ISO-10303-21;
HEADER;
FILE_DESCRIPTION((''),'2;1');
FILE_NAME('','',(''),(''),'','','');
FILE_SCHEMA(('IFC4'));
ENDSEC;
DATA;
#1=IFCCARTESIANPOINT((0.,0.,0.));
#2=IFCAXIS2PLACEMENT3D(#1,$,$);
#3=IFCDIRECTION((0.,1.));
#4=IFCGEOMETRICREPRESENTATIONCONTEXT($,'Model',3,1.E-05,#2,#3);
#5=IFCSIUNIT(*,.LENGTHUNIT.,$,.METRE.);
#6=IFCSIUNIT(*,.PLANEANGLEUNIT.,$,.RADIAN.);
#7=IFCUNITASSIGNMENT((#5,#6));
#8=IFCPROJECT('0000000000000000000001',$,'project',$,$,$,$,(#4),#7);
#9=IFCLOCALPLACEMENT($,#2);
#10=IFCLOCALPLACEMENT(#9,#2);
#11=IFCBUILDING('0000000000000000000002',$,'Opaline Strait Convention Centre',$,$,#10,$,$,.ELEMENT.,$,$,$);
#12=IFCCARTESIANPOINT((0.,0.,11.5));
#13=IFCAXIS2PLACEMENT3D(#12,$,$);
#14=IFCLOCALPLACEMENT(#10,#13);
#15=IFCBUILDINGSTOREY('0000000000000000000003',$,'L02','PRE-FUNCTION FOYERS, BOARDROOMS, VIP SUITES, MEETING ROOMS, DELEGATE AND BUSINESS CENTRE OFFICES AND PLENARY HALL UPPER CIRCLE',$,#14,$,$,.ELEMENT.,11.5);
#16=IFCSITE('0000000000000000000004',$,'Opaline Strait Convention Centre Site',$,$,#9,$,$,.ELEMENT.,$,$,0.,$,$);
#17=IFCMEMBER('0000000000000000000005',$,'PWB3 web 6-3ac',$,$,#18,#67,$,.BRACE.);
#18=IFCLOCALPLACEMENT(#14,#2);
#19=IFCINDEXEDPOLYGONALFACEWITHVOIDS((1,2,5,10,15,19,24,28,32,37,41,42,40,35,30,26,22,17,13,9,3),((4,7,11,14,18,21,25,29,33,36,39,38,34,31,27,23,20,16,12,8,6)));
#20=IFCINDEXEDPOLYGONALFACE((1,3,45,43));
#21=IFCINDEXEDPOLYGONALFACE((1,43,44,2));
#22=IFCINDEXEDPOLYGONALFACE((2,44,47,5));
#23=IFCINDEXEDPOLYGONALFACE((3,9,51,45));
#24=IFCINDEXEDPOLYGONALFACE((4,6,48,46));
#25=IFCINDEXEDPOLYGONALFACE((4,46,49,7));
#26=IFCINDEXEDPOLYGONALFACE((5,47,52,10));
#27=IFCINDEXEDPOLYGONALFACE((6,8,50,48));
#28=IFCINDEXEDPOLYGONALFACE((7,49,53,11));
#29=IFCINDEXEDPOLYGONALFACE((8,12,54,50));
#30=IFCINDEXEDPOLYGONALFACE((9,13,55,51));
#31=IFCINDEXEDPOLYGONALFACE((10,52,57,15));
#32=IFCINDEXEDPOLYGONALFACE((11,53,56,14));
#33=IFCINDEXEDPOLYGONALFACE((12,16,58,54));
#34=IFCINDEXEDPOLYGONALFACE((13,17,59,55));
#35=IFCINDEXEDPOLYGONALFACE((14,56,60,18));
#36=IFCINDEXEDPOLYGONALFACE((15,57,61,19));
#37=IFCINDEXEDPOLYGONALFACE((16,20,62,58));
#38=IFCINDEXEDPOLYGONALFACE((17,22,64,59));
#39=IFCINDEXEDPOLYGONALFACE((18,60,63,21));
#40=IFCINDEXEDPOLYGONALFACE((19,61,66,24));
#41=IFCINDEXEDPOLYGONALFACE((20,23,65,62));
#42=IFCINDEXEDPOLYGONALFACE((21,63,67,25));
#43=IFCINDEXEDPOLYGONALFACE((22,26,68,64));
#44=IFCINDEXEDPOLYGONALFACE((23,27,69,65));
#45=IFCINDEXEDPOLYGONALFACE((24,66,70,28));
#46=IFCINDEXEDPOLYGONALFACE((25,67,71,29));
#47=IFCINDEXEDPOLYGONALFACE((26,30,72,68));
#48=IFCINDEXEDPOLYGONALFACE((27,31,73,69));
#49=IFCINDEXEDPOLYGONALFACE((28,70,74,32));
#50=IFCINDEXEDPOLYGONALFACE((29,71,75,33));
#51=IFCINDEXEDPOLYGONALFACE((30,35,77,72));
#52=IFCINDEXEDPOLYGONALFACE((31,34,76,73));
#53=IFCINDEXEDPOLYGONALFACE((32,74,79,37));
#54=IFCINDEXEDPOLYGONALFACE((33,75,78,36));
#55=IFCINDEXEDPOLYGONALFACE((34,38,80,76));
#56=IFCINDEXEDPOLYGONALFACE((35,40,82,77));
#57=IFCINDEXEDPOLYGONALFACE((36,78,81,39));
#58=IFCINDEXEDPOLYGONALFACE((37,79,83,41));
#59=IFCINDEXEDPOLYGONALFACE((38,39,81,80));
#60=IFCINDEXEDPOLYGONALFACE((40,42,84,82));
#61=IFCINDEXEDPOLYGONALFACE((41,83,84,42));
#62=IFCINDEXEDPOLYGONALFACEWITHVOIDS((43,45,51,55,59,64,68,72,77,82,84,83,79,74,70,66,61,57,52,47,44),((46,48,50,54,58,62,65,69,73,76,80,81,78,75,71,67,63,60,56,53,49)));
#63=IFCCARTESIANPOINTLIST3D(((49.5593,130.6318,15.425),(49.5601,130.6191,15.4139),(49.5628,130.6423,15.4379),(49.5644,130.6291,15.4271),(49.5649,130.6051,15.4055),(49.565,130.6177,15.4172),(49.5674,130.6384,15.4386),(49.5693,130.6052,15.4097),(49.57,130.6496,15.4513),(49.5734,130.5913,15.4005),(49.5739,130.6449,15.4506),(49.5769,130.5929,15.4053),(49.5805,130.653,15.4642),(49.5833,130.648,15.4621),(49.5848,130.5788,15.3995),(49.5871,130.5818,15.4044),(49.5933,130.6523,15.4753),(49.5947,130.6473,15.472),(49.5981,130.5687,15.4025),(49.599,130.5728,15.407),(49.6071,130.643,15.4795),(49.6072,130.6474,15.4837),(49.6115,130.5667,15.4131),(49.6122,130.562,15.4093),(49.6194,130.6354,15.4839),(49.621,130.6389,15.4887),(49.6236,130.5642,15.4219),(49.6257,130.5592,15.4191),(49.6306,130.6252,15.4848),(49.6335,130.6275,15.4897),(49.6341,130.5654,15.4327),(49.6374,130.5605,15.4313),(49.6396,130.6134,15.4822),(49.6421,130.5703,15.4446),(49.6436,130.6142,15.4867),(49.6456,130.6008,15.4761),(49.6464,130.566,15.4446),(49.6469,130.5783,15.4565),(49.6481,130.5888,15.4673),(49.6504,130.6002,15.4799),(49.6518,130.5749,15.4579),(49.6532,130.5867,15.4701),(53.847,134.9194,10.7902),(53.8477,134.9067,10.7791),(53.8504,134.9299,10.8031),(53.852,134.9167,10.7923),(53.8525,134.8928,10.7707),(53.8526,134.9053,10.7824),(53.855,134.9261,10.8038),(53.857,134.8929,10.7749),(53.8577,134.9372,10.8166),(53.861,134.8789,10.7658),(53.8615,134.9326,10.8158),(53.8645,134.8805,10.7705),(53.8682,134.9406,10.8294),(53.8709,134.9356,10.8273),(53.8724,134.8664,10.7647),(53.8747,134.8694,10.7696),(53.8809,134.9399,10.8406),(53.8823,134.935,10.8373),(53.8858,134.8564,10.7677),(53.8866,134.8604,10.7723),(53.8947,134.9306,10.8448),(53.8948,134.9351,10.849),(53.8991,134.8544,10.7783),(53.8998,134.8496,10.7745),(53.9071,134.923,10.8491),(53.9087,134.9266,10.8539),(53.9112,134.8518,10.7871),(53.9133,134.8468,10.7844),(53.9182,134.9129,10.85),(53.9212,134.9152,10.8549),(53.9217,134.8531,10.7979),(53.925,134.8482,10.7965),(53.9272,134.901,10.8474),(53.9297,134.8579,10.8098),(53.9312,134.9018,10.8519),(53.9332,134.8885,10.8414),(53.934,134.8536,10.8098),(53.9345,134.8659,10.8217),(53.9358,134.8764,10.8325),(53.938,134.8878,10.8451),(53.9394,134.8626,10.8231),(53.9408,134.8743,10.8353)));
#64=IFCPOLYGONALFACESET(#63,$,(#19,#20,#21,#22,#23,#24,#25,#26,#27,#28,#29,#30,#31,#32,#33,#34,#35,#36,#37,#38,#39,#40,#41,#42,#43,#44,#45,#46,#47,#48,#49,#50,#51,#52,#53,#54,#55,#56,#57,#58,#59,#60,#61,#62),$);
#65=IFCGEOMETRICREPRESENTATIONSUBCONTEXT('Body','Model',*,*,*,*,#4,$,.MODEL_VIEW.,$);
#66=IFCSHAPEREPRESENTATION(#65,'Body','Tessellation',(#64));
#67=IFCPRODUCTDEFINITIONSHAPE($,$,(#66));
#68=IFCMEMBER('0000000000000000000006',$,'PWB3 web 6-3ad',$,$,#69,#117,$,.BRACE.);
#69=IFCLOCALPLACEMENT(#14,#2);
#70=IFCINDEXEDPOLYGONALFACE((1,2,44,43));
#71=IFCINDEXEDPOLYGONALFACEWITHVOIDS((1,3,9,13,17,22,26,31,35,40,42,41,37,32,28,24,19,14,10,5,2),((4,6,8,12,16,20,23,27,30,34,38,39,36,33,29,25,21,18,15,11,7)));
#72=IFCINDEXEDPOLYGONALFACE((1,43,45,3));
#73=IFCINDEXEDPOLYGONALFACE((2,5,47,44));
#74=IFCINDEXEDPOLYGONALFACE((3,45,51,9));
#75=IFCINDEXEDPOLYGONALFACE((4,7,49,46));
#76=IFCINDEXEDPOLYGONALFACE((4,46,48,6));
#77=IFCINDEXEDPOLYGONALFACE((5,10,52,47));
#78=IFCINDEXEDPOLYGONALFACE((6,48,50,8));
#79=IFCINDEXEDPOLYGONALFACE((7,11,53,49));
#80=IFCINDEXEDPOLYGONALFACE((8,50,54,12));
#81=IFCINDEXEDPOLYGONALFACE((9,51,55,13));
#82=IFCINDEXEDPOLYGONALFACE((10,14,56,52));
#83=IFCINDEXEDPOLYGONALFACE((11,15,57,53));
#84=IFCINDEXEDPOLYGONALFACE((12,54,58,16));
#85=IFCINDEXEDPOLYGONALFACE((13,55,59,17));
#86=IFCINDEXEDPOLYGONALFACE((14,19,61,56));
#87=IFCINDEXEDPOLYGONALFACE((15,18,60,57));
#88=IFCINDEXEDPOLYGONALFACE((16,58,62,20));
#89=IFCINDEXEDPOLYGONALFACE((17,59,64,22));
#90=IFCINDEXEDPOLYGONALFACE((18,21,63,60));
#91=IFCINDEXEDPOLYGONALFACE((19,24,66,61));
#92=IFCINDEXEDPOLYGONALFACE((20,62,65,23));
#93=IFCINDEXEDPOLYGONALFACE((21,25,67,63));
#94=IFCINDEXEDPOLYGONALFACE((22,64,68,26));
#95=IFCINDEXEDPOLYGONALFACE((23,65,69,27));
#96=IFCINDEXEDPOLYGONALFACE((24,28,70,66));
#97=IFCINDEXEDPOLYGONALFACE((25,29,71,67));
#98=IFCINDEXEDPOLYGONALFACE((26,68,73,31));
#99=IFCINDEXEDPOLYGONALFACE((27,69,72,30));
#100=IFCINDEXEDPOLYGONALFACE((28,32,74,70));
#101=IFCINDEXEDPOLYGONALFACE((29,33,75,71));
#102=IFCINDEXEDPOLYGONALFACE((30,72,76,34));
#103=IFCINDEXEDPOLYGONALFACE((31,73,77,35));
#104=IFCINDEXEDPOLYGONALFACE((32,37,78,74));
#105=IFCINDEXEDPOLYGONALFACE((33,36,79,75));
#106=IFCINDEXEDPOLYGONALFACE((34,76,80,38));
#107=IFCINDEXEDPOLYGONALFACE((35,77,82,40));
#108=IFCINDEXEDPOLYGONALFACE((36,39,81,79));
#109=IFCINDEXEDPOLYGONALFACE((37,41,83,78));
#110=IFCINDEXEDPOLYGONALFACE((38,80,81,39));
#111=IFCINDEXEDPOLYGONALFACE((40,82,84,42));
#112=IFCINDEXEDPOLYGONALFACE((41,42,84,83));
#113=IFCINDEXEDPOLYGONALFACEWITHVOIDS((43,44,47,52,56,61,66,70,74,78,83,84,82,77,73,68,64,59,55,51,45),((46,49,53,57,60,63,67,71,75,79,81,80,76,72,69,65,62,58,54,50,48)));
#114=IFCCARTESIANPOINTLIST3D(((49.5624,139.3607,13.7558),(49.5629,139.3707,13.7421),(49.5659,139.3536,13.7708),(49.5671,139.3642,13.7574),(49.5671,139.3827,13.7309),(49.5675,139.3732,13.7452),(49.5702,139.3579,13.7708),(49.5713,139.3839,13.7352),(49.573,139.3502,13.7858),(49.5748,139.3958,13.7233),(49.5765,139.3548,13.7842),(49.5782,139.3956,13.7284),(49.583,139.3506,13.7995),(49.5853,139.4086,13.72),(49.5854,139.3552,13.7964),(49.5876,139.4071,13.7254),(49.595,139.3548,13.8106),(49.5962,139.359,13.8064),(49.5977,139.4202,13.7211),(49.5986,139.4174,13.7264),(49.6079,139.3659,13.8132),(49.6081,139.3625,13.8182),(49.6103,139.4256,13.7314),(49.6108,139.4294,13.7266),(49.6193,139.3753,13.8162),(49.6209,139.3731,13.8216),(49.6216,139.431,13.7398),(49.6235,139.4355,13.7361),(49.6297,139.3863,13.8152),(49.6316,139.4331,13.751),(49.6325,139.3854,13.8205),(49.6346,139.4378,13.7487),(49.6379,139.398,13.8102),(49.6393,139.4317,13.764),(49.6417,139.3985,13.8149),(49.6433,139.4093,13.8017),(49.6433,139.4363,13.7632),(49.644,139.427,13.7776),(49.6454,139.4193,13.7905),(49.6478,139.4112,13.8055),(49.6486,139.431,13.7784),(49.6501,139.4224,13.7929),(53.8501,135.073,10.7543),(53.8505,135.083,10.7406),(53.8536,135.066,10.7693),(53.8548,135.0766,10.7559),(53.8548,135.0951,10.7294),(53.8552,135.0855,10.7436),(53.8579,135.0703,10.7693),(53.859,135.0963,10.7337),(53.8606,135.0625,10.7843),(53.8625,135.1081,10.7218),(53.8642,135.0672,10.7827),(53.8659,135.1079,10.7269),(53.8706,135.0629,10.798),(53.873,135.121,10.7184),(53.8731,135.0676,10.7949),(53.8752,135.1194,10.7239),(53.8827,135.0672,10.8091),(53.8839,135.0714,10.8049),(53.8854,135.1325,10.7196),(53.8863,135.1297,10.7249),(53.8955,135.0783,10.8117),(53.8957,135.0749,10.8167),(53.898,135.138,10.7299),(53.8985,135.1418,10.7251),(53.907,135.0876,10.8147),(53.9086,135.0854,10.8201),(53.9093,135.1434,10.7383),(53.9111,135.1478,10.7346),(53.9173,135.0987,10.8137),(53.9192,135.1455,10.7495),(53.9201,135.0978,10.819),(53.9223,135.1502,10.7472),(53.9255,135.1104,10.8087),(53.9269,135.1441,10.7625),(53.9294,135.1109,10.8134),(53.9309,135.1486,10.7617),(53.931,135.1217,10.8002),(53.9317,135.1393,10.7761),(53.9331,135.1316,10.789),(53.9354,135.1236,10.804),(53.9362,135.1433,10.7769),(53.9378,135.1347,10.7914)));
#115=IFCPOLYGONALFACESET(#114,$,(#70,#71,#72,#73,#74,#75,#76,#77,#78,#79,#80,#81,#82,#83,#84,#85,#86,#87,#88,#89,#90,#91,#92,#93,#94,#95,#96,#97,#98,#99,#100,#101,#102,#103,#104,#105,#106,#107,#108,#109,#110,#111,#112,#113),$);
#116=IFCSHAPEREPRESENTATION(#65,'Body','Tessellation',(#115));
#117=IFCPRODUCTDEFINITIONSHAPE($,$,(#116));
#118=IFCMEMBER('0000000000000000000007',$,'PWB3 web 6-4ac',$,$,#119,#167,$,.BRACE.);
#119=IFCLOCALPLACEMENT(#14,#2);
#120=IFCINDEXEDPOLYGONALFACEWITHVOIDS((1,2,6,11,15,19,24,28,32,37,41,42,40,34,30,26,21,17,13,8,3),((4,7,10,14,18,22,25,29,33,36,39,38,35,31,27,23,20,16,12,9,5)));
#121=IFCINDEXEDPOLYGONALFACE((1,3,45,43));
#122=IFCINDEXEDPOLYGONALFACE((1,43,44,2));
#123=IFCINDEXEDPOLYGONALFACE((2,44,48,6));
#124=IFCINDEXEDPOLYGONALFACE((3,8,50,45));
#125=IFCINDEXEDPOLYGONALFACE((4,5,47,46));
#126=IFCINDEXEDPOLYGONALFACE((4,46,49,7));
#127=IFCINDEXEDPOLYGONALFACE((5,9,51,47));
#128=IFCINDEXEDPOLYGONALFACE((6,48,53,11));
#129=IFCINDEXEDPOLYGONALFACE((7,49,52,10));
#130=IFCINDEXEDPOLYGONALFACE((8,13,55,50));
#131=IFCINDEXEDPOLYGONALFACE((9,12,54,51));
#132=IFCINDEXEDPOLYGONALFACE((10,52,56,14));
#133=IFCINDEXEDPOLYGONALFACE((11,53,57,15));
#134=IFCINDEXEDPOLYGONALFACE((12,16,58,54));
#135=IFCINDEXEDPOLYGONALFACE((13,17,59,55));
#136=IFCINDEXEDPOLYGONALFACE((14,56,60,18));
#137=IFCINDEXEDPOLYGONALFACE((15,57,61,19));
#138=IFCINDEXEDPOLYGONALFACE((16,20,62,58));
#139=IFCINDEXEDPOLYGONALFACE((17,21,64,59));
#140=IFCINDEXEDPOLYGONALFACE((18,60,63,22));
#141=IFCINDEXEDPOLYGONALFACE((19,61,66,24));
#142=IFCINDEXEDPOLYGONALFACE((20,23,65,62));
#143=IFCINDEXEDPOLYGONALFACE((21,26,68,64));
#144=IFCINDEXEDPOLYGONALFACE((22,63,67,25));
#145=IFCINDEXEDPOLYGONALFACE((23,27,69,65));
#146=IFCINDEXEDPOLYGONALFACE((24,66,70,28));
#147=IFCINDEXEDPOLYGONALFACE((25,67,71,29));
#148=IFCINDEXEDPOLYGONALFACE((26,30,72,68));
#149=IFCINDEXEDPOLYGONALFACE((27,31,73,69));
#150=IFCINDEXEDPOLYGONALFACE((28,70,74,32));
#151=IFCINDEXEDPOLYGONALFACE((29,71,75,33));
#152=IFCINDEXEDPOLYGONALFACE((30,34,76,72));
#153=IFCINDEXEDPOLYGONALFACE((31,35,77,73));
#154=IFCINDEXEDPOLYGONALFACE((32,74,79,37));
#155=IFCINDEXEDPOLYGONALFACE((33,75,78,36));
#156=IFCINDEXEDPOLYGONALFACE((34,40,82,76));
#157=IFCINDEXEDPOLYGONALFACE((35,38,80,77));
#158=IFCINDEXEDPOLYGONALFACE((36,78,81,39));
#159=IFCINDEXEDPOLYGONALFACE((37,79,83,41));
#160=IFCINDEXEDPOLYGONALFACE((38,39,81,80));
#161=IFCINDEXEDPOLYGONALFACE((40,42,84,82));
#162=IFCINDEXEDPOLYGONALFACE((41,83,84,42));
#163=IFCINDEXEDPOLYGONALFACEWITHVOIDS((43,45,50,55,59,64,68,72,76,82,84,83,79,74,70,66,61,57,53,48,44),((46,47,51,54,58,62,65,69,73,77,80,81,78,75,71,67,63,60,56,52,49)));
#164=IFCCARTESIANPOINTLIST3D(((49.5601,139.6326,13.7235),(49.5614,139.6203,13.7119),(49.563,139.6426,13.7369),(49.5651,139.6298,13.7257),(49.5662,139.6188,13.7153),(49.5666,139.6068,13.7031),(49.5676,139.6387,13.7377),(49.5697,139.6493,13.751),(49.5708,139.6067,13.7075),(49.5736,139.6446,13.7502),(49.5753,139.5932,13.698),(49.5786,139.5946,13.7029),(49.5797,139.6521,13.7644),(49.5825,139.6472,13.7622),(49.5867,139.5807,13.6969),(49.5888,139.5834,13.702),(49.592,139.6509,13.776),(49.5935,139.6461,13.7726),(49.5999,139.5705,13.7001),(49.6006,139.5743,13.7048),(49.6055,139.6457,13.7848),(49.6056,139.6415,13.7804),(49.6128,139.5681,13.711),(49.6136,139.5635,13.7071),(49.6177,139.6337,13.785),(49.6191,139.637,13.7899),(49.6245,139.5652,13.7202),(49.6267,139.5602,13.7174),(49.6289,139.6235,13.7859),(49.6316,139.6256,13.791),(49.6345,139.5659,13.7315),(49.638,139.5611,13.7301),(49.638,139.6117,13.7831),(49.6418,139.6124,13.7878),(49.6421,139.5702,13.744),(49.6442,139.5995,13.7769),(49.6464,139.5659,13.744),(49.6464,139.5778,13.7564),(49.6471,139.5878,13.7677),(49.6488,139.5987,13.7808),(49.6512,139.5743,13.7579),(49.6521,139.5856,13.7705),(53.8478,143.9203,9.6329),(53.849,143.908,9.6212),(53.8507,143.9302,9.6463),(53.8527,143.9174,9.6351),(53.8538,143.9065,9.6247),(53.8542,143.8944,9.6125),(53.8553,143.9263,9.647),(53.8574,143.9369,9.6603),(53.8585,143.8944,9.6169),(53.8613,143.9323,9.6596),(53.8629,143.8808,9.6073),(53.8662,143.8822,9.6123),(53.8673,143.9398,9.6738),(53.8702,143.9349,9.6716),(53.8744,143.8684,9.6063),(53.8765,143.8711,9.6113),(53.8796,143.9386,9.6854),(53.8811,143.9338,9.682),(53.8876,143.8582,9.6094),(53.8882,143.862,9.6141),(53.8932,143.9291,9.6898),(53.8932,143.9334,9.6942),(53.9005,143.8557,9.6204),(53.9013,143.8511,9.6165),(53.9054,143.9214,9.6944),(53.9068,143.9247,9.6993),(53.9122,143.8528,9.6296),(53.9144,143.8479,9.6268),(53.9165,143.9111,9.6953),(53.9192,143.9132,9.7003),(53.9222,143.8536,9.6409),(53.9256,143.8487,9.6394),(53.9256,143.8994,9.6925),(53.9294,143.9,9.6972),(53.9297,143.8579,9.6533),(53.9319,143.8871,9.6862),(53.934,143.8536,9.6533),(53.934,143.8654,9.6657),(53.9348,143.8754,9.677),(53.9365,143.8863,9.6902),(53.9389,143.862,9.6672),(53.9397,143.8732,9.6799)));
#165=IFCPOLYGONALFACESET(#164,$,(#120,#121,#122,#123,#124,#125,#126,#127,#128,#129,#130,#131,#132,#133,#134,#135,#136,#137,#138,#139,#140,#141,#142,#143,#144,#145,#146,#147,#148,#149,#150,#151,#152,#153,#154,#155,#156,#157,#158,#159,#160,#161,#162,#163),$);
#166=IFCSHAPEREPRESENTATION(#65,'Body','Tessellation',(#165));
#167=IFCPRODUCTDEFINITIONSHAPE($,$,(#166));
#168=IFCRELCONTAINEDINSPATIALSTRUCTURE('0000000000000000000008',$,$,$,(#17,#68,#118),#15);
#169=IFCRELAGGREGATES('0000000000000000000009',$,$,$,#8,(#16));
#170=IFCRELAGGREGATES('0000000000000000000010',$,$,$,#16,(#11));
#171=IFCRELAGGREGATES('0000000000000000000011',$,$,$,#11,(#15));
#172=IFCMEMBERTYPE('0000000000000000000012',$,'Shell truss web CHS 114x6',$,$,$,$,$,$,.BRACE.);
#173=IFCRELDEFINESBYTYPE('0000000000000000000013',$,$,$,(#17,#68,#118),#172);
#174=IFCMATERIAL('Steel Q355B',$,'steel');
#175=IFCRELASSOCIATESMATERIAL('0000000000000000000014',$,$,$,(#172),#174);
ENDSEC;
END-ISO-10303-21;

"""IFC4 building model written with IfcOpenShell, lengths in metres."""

from ifc_helpers import new_model, si_unit, direction, frame, origin, origin_2d, place, context, subcontext, project, spatial, hollow_circle, extrude, material, material_profile, profile_set, type_object, element, save


model = new_model("IFC4")

# Units and contexts
model_context = context("Model", 3, precision=1e-05, world=origin(), true_north=direction((0.0, 1.0)))
body_context = subcontext(model_context, "Body", "Model", "MODEL_VIEW")
ifc_project = project(units=[si_unit("LENGTHUNIT", "METRE"), si_unit("PLANEANGLEUNIT", "RADIAN")], contexts=[model_context])

# Site, building, storey
site_placement = place(None, origin())
site = spatial("IfcSite", under=ifc_project, at=site_placement, Name="Opaline Strait Convention Centre Site", CompositionType="ELEMENT", RefElevation=0.0)
building_placement = place(site_placement, origin())
building = spatial("IfcBuilding", under=site, at=building_placement, Name="Opaline Strait Convention Centre", CompositionType="ELEMENT")
storey_placement = place(building_placement, frame((0.0, 0.0, 11.5)))
storey = spatial("IfcBuildingStorey", under=building, at=storey_placement, Name="L02", Description="PRE-FUNCTION FOYERS, BOARDROOMS, VIP SUITES, MEETING ROOMS, DELEGATE AND BUSINESS CENTRE OFFICES AND PLENARY HALL UPPER CIRCLE", CompositionType="ELEMENT", Elevation=11.5)

# Members
ifc_material_1 = material(Name="Steel Q355B", Category="steel")
ifc_material_profile_1 = material_profile(ifc_material_1, hollow_circle(Radius=0.0569, WallThickness=0.0061, at=origin_2d()), Name="CHS 114x6")
ifc_profile_set_1 = profile_set([ifc_material_profile_1], Name="Steel Q355B")
member_type_1 = type_object("IfcMemberType", Name="Shell truss web CHS 114x6", PredefinedType="BRACE", material=ifc_profile_set_1)
member_1_placement = place(storey_placement, frame((53.8938, 134.8938, 10.8098), z_axis=(-0.561789, -0.561789, 0.607277), x_axis=(0.707107, -0.707107, 0.0)))
element("IfcMember", 1, at=member_1_placement, inside=storey, type_object=member_type_1, Name="PWB3 web 6-3ac", PredefinedType="BRACE", context=body_context, shape_type="SweptSolid", body=[
    extrude(hollow_circle(Radius=0.0569, WallThickness=0.0061, at=origin_2d()), origin(), (0.0, 0.0, 1.0), 7.6321),
])
member_2_placement = place(storey_placement, frame((53.8938, 135.1062, 10.7693), z_axis=(-0.633718, 0.633718, 0.443624), x_axis=(-0.707107, -0.707107, 0.0)))
element("IfcMember", 2, at=member_2_placement, inside=storey, type_object=member_type_1, Name="PWB3 web 6-3ad", PredefinedType="BRACE", context=body_context, shape_type="SweptSolid", body=[
    extrude(hollow_circle(Radius=0.0569, WallThickness=0.0061, at=origin_2d()), origin(), (0.0, 0.0, 1.0), 6.7659),
])
member_3_placement = place(storey_placement, frame((53.8938, 143.8938, 9.6533), z_axis=(-0.586189, -0.586189, 0.559253), x_axis=(0.707107, -0.707107, 0.0)))
element("IfcMember", 3, at=member_3_placement, inside=storey, type_object=member_type_1, Name="PWB3 web 6-4ac", PredefinedType="BRACE", context=body_context, shape_type="SweptSolid", body=[
    extrude(hollow_circle(Radius=0.0569, WallThickness=0.0061, at=origin_2d()), origin(), (0.0, 0.0, 1.0), 7.3145),
])

save(model, "model.ifc")
